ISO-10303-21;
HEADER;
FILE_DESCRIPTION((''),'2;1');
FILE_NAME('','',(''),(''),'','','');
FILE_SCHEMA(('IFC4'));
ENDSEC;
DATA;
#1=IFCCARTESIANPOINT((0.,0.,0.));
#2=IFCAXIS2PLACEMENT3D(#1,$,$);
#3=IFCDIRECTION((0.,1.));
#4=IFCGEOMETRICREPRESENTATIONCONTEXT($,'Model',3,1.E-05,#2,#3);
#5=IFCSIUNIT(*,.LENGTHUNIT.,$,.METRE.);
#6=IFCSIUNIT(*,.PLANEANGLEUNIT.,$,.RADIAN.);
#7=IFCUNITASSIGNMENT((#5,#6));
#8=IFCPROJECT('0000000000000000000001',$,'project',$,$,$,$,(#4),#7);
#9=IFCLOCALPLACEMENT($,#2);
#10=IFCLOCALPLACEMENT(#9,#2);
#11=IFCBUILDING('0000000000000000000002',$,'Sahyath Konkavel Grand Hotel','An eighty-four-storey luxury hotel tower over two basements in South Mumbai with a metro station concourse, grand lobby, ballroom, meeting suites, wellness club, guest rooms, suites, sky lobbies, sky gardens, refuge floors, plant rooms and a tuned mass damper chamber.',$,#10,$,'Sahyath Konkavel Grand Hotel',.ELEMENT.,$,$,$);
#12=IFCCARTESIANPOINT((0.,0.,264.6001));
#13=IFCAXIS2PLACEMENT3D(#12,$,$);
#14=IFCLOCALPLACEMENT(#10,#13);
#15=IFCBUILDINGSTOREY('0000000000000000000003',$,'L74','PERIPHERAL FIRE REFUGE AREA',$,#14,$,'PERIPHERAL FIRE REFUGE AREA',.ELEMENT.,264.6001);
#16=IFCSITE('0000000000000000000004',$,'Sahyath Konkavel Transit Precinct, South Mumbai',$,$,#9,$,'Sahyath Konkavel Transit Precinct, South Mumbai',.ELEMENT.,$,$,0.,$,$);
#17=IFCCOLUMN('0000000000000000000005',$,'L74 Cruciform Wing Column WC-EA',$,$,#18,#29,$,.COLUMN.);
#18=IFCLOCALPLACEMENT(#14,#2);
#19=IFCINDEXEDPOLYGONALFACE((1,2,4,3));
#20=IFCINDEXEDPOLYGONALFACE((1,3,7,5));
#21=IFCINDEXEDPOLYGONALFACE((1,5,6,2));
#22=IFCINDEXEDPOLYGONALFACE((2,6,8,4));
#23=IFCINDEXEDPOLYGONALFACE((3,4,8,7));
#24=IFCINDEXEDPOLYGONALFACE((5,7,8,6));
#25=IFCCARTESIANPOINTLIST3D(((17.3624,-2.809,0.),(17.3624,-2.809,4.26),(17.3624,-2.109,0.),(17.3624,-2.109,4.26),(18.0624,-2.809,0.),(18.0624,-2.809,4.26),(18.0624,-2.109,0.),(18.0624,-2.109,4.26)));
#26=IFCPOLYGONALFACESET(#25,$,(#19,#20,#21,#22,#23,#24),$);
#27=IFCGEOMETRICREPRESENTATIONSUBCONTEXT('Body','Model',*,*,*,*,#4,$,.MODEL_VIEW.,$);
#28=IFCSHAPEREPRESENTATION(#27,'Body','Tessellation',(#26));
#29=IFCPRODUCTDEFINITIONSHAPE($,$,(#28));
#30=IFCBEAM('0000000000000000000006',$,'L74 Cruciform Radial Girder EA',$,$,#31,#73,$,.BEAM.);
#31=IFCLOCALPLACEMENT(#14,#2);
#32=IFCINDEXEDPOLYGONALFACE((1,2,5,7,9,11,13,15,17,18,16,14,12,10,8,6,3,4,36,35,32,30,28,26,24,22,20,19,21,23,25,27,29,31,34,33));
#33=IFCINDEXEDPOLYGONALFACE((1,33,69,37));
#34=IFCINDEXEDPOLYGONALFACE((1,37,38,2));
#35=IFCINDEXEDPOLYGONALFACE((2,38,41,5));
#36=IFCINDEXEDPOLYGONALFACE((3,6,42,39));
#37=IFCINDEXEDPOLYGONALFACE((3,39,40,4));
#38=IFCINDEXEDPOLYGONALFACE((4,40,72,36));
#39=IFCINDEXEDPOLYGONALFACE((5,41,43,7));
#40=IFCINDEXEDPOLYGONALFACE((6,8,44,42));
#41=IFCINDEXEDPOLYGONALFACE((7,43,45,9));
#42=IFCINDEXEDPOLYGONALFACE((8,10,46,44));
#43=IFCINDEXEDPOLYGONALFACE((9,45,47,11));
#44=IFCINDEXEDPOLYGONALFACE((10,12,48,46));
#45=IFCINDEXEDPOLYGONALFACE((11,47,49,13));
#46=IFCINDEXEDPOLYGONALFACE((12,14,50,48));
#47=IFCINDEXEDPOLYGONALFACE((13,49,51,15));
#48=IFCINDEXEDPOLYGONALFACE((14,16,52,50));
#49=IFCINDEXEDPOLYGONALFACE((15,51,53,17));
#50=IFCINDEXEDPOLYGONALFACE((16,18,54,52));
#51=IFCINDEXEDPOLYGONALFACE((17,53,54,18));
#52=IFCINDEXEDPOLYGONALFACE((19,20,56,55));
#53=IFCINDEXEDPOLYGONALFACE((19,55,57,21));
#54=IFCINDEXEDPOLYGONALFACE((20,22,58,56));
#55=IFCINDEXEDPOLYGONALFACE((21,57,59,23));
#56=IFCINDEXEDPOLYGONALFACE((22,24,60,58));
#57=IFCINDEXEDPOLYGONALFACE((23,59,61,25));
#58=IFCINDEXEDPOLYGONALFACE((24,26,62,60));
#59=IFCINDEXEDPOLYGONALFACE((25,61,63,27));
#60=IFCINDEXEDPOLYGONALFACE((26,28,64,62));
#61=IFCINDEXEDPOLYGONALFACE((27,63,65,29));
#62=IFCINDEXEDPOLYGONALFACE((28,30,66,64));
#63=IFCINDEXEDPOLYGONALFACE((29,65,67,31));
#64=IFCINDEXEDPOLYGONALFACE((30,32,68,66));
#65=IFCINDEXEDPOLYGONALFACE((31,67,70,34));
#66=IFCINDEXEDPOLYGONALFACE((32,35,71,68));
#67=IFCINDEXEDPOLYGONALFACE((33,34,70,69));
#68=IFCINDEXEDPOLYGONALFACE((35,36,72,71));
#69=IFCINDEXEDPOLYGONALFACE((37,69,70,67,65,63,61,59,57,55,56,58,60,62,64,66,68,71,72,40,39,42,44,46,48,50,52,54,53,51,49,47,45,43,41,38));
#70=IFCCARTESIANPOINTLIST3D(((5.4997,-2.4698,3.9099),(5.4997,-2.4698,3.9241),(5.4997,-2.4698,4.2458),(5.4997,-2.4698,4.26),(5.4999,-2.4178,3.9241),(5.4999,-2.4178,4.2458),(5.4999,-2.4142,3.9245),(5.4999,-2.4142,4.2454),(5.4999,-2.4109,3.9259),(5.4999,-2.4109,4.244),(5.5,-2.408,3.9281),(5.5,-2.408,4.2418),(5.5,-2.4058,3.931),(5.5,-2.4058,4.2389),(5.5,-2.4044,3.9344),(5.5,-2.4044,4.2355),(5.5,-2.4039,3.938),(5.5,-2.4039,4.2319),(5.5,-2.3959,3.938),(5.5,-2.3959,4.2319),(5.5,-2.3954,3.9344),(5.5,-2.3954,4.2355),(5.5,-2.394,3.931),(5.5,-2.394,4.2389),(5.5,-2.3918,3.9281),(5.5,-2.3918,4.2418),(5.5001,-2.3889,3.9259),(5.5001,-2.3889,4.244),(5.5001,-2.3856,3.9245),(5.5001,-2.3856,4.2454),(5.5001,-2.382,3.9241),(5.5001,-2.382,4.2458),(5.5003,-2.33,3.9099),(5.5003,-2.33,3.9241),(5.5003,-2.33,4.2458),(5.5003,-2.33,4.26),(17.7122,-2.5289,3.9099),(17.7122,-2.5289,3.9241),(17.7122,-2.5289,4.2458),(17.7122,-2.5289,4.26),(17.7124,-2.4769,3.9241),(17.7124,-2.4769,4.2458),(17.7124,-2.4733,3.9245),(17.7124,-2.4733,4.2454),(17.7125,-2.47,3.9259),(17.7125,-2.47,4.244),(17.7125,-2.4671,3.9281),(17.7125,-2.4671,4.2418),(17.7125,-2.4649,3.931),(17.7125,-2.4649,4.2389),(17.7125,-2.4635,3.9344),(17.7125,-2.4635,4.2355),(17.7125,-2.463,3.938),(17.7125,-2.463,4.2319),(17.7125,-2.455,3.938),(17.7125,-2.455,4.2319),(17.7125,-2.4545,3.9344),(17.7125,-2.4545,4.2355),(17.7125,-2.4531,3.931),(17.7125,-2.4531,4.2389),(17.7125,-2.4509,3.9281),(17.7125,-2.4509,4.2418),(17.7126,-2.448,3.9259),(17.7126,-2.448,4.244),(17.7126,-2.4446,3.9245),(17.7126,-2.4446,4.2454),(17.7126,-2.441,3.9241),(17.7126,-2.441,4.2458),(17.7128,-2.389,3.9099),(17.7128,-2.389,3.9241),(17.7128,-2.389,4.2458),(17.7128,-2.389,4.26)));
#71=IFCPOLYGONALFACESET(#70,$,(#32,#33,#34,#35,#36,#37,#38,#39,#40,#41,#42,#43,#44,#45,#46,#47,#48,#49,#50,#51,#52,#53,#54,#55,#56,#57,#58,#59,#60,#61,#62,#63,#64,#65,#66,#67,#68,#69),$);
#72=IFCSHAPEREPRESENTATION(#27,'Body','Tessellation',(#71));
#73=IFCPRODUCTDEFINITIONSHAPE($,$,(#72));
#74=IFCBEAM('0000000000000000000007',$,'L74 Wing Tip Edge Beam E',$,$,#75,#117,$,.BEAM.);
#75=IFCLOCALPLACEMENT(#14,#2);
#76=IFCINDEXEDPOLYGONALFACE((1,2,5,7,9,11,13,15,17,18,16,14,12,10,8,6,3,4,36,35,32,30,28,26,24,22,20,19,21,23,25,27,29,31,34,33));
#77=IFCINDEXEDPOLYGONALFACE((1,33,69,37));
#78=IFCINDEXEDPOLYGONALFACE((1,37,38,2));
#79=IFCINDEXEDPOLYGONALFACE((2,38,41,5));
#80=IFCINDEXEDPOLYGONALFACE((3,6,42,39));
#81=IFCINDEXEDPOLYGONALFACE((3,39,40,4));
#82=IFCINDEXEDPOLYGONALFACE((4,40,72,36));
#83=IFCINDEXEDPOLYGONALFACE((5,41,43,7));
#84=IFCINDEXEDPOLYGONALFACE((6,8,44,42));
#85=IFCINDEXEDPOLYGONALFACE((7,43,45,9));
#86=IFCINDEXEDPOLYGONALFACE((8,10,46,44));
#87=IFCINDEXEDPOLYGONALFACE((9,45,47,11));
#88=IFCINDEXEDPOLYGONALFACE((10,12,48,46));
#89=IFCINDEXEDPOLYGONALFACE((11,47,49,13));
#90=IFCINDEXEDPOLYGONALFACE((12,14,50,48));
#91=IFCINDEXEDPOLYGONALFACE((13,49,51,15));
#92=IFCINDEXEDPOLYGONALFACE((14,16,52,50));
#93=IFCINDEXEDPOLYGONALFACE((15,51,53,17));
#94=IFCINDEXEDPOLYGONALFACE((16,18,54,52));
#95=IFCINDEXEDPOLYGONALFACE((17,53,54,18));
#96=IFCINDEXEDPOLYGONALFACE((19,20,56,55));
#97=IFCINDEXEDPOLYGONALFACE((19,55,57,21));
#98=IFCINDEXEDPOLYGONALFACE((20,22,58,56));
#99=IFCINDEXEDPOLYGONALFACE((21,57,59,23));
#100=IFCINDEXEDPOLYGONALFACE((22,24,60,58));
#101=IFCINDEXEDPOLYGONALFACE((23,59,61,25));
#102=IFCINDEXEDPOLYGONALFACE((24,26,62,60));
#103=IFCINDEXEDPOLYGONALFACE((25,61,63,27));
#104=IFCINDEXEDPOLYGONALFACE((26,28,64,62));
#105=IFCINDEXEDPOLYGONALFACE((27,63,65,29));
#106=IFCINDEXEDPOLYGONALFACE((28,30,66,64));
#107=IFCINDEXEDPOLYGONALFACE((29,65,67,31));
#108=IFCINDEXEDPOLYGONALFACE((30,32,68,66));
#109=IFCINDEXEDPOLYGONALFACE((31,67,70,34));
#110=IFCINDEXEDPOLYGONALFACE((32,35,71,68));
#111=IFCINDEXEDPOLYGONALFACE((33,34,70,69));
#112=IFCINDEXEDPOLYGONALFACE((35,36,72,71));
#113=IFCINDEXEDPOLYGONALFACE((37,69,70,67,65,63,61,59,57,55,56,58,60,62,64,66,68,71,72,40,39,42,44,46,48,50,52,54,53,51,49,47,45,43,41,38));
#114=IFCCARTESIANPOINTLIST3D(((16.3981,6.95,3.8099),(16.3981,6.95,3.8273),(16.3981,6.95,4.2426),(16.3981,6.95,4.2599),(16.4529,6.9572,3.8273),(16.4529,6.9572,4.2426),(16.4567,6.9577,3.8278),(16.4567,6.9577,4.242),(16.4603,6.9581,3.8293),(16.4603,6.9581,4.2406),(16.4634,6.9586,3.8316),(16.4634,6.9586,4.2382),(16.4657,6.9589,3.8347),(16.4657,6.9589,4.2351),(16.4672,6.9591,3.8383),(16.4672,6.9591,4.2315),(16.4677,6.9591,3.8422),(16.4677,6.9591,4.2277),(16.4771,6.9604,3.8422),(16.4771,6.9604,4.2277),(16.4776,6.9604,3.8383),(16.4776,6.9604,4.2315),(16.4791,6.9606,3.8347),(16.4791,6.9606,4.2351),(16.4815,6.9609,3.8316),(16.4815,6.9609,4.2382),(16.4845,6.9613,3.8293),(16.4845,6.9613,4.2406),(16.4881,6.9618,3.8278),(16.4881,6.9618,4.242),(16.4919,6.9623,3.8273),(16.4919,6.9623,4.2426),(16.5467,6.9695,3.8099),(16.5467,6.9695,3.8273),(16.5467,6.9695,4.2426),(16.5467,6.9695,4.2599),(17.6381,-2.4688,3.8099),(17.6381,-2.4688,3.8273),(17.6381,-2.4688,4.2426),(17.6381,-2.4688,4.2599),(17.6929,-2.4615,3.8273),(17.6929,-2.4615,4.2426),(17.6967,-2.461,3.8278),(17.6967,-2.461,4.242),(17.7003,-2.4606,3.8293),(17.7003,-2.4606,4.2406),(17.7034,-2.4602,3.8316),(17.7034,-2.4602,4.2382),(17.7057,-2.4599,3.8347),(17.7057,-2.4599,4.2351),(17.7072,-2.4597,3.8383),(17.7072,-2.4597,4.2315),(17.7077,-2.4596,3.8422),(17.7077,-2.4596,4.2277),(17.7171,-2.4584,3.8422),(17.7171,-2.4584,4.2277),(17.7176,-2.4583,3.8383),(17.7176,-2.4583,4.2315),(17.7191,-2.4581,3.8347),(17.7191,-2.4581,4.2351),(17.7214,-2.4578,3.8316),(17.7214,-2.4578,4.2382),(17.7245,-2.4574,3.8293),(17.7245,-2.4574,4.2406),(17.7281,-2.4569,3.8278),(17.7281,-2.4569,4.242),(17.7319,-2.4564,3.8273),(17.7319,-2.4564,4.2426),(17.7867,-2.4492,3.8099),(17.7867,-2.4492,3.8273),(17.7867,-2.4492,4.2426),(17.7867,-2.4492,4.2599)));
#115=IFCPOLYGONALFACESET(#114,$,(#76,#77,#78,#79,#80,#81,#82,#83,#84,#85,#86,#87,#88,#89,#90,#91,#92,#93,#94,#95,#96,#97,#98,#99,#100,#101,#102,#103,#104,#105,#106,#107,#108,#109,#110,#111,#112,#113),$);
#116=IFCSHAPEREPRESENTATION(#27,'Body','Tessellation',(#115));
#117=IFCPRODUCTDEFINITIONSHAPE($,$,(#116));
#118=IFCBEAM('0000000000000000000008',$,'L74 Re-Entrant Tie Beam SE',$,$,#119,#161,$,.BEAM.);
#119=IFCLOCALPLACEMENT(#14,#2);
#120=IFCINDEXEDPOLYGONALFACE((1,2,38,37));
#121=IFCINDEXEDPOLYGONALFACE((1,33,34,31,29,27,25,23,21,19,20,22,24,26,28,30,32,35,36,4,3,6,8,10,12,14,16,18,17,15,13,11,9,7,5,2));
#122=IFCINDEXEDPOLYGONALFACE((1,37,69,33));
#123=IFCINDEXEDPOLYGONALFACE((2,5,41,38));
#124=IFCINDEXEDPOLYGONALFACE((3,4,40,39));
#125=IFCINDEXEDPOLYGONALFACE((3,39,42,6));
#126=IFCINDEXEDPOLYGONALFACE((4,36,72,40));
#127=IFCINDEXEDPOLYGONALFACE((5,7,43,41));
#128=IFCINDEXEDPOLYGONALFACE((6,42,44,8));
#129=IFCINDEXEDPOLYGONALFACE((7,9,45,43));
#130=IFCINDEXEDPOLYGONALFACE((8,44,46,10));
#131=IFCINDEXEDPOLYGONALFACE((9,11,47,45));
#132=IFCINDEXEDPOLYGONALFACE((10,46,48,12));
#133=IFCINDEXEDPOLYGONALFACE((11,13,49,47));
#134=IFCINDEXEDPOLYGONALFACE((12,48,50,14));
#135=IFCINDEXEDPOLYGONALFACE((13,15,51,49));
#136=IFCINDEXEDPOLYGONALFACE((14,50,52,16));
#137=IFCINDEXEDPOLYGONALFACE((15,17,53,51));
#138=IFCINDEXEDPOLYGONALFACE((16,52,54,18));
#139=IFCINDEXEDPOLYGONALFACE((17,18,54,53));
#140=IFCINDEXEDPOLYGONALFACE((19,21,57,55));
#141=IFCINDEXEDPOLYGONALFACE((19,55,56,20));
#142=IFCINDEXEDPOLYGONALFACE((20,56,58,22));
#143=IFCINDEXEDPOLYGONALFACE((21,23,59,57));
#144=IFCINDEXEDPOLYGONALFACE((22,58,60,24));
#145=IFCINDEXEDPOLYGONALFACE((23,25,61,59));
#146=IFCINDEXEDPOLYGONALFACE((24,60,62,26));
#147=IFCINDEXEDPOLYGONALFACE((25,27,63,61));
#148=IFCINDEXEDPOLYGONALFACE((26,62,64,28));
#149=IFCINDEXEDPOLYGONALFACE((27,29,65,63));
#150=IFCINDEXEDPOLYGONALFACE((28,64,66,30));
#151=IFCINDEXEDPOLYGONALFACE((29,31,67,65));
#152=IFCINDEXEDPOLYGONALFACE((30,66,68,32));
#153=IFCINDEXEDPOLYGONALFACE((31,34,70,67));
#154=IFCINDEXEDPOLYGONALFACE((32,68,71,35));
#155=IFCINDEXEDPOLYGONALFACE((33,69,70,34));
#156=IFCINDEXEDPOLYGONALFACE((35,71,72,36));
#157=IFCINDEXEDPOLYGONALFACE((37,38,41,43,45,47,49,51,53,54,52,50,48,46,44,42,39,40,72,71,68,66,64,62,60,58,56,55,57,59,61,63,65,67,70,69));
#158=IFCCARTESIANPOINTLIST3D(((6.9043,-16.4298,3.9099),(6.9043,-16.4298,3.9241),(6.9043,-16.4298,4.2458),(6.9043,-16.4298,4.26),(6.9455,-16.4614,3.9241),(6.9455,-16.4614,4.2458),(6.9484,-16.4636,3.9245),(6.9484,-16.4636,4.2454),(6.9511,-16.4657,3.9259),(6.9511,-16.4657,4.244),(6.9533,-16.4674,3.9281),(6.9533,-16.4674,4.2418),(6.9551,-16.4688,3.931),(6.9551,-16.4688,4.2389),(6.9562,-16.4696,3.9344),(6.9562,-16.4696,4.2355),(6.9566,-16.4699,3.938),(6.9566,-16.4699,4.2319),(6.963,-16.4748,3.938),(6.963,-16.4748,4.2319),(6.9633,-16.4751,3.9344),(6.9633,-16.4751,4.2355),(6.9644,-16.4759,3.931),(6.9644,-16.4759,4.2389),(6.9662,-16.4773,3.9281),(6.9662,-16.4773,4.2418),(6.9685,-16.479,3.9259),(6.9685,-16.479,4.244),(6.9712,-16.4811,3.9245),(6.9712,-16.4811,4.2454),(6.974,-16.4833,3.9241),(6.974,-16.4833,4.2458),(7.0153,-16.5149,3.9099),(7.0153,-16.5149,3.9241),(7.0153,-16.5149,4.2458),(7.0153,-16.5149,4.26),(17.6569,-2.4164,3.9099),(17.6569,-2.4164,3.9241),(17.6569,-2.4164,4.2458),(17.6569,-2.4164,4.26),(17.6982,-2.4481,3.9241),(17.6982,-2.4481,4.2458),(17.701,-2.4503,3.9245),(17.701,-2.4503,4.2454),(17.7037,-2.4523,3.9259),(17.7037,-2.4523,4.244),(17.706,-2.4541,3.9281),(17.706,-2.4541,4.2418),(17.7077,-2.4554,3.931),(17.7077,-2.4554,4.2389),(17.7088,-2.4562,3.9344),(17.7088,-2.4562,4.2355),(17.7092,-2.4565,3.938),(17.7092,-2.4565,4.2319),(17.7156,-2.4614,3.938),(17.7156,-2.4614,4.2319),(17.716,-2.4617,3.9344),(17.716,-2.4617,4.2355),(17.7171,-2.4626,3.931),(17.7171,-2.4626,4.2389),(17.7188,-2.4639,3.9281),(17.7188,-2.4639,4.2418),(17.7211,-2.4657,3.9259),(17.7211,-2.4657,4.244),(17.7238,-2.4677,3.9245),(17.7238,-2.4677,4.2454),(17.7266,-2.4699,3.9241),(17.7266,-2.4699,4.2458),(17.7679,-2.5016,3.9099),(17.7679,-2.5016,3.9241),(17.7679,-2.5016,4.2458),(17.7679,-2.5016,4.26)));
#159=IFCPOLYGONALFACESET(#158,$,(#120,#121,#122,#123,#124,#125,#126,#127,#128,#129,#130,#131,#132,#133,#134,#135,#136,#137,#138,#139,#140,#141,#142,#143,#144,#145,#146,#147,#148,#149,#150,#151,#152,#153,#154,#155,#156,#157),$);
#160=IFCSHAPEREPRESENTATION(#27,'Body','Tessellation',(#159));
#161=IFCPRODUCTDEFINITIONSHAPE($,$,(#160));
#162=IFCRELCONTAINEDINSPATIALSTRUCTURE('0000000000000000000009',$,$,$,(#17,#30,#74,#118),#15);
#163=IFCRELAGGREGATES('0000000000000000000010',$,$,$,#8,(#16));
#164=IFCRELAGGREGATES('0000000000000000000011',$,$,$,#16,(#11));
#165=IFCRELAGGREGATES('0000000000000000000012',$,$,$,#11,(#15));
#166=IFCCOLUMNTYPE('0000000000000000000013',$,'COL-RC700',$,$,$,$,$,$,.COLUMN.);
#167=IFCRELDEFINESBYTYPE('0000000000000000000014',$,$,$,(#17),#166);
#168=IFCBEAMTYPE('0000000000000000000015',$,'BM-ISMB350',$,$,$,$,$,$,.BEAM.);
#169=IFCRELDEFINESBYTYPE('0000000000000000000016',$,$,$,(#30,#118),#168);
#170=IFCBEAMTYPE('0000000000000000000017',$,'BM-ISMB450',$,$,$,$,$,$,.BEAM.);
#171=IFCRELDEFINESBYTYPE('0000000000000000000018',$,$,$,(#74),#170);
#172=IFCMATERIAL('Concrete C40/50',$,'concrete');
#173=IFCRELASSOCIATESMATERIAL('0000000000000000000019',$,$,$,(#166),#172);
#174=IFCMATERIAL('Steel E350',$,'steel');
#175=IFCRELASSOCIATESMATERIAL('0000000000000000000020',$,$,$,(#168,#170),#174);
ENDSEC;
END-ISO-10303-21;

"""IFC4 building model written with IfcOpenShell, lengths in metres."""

from ifc_helpers import new_model, si_unit, direction, frame, origin, origin_2d, place, context, subcontext, project, spatial, rectangle, i_section, extrude, source, transform, mapped, material, material_profile, profile_set, type_object, element, save


model = new_model("IFC4")

# Units and contexts
model_context = context("Model", 3, precision=1e-05, world=origin(), true_north=direction((0.0, 1.0)))
body_context = subcontext(model_context, "Body", "Model", "MODEL_VIEW")
ifc_project = project(units=[si_unit("LENGTHUNIT", "METRE"), si_unit("PLANEANGLEUNIT", "RADIAN")], contexts=[model_context])

# Site, building, storey
site_placement = place(None, origin())
site = spatial("IfcSite", under=ifc_project, at=site_placement, Name="Sahyath Konkavel Transit Precinct, South Mumbai", LongName="Sahyath Konkavel Transit Precinct, South Mumbai", CompositionType="ELEMENT", RefElevation=0.0)
building_placement = place(site_placement, origin())
building = spatial("IfcBuilding", under=site, at=building_placement, Name="Sahyath Konkavel Grand Hotel", Description="An eighty-four-storey luxury hotel tower over two basements in South Mumbai with a metro station concourse, grand lobby, ballroom, meeting suites, wellness club, guest rooms, suites, sky lobbies, sky gardens, refuge floors, plant rooms and a tuned mass damper chamber.", LongName="Sahyath Konkavel Grand Hotel", CompositionType="ELEMENT")
storey_placement = place(building_placement, frame((0.0, 0.0, 264.6001)))
storey = spatial("IfcBuildingStorey", under=building, at=storey_placement, Name="L74", Description="PERIPHERAL FIRE REFUGE AREA", LongName="PERIPHERAL FIRE REFUGE AREA", CompositionType="ELEMENT", Elevation=264.6001)

# Column
ifc_material_1 = material(Name="Concrete C40/50", Category="concrete")
ifc_material_profile_1 = material_profile(ifc_material_1, rectangle(XDim=0.7, YDim=0.7, at=origin_2d()), Name="RC 700x700")
ifc_profile_set_1 = profile_set([ifc_material_profile_1], Name="Concrete C40/50")
column_type = type_object("IfcColumnType", Name="COL-RC700", PredefinedType="COLUMN", material=ifc_profile_set_1)
shared_shape_1 = source(origin(), body_context, "Body", "SweptSolid", [
    extrude(rectangle(XDim=0.7, YDim=0.7, at=origin_2d()), origin(), (0.0, 0.0, 1.0), 4.26),
])
column_placement = place(storey_placement, frame((17.7124, -2.459, 0.0), z_axis=(0.0, 0.0, 1.0), x_axis=(1.0, 0.0, 0.0)))
element("IfcColumn", 1, at=column_placement, inside=storey, type_object=column_type, Name="L74 Cruciform Wing Column WC-EA", PredefinedType="COLUMN", context=body_context, shape_type="MappedRepresentation", body=[
    mapped(shared_shape_1, transform((0.0, 0.0, 0.0), scale=1.0)),
])

# Beams
ifc_material_2 = material(Name="Steel E350", Category="steel")
ifc_material_profile_2 = material_profile(ifc_material_2, i_section(OverallWidth=0.1399, OverallDepth=0.3501, WebThickness=0.0081, FlangeThickness=0.0142, FilletRadius=0.0139, at=origin_2d()), Name="ISMB 350")
ifc_profile_set_2 = profile_set([ifc_material_profile_2], Name="Steel E350")
beam_type_1 = type_object("IfcBeamType", Name="BM-ISMB350", PredefinedType="BEAM", material=ifc_profile_set_2)
shared_shape_2 = source(origin(), body_context, "Body", "SweptSolid", [
    extrude(i_section(OverallWidth=0.1399, OverallDepth=0.3501, WebThickness=0.0081, FlangeThickness=0.0142, FilletRadius=0.0139, at=origin_2d()), origin(), (0.0, 0.0, 1.0), 12.2126),
])
beam_1_placement = place(storey_placement, frame((5.5, -2.3999, 4.085), z_axis=(0.999988, -0.004838, 0.0), x_axis=(0.004838, 0.999988, 0.0)))
element("IfcBeam", 2, at=beam_1_placement, inside=storey, type_object=beam_type_1, Name="L74 Cruciform Radial Girder EA", PredefinedType="BEAM", context=body_context, shape_type="MappedRepresentation", body=[
    mapped(shared_shape_2, transform((0.0, 0.0, 0.0), scale=1.0)),
])
ifc_material_profile_3 = material_profile(ifc_material_2, i_section(OverallWidth=0.1499, OverallDepth=0.45, WebThickness=0.0095, FlangeThickness=0.0173, FilletRadius=0.0149, at=origin_2d()), Name="ISMB 450")
ifc_profile_set_3 = profile_set([ifc_material_profile_3], Name="Steel E350")
beam_type_2 = type_object("IfcBeamType", Name="BM-ISMB450", PredefinedType="BEAM", material=ifc_profile_set_3)
shared_shape_3 = source(origin(), body_context, "Body", "SweptSolid", [
    extrude(i_section(OverallWidth=0.1499, OverallDepth=0.45, WebThickness=0.0095, FlangeThickness=0.0173, FilletRadius=0.0149, at=origin_2d()), origin(), (0.0, 0.0, 1.0), 9.5),
])
beam_2_placement = place(storey_placement, frame((17.7124, -2.459, 4.0349), z_axis=(-0.130526, 0.991445, 0.0), x_axis=(-0.991445, -0.130526, 0.0)))
element("IfcBeam", 3, at=beam_2_placement, inside=storey, type_object=beam_type_2, Name="L74 Wing Tip Edge Beam E", PredefinedType="BEAM", context=body_context, shape_type="MappedRepresentation", body=[
    mapped(shared_shape_3, transform((0.0, 0.0, 0.0), scale=1.0)),
])
shared_shape_4 = source(origin(), body_context, "Body", "SweptSolid", [
    extrude(i_section(OverallWidth=0.1399, OverallDepth=0.3501, WebThickness=0.0081, FlangeThickness=0.0142, FilletRadius=0.0139, at=origin_2d()), origin(), (0.0, 0.0, 1.0), 17.6633),
])
beam_3_placement = place(storey_placement, frame((17.7124, -2.459, 4.085), z_axis=(-0.608754, -0.793359, 0.0), x_axis=(0.793359, -0.608754, 0.0)))
element("IfcBeam", 4, at=beam_3_placement, inside=storey, type_object=beam_type_1, Name="L74 Re-Entrant Tie Beam SE", PredefinedType="BEAM", context=body_context, shape_type="MappedRepresentation", body=[
    mapped(shared_shape_4, transform((0.0, 0.0, 0.0), scale=1.0)),
])

save(model, "model.ifc")
